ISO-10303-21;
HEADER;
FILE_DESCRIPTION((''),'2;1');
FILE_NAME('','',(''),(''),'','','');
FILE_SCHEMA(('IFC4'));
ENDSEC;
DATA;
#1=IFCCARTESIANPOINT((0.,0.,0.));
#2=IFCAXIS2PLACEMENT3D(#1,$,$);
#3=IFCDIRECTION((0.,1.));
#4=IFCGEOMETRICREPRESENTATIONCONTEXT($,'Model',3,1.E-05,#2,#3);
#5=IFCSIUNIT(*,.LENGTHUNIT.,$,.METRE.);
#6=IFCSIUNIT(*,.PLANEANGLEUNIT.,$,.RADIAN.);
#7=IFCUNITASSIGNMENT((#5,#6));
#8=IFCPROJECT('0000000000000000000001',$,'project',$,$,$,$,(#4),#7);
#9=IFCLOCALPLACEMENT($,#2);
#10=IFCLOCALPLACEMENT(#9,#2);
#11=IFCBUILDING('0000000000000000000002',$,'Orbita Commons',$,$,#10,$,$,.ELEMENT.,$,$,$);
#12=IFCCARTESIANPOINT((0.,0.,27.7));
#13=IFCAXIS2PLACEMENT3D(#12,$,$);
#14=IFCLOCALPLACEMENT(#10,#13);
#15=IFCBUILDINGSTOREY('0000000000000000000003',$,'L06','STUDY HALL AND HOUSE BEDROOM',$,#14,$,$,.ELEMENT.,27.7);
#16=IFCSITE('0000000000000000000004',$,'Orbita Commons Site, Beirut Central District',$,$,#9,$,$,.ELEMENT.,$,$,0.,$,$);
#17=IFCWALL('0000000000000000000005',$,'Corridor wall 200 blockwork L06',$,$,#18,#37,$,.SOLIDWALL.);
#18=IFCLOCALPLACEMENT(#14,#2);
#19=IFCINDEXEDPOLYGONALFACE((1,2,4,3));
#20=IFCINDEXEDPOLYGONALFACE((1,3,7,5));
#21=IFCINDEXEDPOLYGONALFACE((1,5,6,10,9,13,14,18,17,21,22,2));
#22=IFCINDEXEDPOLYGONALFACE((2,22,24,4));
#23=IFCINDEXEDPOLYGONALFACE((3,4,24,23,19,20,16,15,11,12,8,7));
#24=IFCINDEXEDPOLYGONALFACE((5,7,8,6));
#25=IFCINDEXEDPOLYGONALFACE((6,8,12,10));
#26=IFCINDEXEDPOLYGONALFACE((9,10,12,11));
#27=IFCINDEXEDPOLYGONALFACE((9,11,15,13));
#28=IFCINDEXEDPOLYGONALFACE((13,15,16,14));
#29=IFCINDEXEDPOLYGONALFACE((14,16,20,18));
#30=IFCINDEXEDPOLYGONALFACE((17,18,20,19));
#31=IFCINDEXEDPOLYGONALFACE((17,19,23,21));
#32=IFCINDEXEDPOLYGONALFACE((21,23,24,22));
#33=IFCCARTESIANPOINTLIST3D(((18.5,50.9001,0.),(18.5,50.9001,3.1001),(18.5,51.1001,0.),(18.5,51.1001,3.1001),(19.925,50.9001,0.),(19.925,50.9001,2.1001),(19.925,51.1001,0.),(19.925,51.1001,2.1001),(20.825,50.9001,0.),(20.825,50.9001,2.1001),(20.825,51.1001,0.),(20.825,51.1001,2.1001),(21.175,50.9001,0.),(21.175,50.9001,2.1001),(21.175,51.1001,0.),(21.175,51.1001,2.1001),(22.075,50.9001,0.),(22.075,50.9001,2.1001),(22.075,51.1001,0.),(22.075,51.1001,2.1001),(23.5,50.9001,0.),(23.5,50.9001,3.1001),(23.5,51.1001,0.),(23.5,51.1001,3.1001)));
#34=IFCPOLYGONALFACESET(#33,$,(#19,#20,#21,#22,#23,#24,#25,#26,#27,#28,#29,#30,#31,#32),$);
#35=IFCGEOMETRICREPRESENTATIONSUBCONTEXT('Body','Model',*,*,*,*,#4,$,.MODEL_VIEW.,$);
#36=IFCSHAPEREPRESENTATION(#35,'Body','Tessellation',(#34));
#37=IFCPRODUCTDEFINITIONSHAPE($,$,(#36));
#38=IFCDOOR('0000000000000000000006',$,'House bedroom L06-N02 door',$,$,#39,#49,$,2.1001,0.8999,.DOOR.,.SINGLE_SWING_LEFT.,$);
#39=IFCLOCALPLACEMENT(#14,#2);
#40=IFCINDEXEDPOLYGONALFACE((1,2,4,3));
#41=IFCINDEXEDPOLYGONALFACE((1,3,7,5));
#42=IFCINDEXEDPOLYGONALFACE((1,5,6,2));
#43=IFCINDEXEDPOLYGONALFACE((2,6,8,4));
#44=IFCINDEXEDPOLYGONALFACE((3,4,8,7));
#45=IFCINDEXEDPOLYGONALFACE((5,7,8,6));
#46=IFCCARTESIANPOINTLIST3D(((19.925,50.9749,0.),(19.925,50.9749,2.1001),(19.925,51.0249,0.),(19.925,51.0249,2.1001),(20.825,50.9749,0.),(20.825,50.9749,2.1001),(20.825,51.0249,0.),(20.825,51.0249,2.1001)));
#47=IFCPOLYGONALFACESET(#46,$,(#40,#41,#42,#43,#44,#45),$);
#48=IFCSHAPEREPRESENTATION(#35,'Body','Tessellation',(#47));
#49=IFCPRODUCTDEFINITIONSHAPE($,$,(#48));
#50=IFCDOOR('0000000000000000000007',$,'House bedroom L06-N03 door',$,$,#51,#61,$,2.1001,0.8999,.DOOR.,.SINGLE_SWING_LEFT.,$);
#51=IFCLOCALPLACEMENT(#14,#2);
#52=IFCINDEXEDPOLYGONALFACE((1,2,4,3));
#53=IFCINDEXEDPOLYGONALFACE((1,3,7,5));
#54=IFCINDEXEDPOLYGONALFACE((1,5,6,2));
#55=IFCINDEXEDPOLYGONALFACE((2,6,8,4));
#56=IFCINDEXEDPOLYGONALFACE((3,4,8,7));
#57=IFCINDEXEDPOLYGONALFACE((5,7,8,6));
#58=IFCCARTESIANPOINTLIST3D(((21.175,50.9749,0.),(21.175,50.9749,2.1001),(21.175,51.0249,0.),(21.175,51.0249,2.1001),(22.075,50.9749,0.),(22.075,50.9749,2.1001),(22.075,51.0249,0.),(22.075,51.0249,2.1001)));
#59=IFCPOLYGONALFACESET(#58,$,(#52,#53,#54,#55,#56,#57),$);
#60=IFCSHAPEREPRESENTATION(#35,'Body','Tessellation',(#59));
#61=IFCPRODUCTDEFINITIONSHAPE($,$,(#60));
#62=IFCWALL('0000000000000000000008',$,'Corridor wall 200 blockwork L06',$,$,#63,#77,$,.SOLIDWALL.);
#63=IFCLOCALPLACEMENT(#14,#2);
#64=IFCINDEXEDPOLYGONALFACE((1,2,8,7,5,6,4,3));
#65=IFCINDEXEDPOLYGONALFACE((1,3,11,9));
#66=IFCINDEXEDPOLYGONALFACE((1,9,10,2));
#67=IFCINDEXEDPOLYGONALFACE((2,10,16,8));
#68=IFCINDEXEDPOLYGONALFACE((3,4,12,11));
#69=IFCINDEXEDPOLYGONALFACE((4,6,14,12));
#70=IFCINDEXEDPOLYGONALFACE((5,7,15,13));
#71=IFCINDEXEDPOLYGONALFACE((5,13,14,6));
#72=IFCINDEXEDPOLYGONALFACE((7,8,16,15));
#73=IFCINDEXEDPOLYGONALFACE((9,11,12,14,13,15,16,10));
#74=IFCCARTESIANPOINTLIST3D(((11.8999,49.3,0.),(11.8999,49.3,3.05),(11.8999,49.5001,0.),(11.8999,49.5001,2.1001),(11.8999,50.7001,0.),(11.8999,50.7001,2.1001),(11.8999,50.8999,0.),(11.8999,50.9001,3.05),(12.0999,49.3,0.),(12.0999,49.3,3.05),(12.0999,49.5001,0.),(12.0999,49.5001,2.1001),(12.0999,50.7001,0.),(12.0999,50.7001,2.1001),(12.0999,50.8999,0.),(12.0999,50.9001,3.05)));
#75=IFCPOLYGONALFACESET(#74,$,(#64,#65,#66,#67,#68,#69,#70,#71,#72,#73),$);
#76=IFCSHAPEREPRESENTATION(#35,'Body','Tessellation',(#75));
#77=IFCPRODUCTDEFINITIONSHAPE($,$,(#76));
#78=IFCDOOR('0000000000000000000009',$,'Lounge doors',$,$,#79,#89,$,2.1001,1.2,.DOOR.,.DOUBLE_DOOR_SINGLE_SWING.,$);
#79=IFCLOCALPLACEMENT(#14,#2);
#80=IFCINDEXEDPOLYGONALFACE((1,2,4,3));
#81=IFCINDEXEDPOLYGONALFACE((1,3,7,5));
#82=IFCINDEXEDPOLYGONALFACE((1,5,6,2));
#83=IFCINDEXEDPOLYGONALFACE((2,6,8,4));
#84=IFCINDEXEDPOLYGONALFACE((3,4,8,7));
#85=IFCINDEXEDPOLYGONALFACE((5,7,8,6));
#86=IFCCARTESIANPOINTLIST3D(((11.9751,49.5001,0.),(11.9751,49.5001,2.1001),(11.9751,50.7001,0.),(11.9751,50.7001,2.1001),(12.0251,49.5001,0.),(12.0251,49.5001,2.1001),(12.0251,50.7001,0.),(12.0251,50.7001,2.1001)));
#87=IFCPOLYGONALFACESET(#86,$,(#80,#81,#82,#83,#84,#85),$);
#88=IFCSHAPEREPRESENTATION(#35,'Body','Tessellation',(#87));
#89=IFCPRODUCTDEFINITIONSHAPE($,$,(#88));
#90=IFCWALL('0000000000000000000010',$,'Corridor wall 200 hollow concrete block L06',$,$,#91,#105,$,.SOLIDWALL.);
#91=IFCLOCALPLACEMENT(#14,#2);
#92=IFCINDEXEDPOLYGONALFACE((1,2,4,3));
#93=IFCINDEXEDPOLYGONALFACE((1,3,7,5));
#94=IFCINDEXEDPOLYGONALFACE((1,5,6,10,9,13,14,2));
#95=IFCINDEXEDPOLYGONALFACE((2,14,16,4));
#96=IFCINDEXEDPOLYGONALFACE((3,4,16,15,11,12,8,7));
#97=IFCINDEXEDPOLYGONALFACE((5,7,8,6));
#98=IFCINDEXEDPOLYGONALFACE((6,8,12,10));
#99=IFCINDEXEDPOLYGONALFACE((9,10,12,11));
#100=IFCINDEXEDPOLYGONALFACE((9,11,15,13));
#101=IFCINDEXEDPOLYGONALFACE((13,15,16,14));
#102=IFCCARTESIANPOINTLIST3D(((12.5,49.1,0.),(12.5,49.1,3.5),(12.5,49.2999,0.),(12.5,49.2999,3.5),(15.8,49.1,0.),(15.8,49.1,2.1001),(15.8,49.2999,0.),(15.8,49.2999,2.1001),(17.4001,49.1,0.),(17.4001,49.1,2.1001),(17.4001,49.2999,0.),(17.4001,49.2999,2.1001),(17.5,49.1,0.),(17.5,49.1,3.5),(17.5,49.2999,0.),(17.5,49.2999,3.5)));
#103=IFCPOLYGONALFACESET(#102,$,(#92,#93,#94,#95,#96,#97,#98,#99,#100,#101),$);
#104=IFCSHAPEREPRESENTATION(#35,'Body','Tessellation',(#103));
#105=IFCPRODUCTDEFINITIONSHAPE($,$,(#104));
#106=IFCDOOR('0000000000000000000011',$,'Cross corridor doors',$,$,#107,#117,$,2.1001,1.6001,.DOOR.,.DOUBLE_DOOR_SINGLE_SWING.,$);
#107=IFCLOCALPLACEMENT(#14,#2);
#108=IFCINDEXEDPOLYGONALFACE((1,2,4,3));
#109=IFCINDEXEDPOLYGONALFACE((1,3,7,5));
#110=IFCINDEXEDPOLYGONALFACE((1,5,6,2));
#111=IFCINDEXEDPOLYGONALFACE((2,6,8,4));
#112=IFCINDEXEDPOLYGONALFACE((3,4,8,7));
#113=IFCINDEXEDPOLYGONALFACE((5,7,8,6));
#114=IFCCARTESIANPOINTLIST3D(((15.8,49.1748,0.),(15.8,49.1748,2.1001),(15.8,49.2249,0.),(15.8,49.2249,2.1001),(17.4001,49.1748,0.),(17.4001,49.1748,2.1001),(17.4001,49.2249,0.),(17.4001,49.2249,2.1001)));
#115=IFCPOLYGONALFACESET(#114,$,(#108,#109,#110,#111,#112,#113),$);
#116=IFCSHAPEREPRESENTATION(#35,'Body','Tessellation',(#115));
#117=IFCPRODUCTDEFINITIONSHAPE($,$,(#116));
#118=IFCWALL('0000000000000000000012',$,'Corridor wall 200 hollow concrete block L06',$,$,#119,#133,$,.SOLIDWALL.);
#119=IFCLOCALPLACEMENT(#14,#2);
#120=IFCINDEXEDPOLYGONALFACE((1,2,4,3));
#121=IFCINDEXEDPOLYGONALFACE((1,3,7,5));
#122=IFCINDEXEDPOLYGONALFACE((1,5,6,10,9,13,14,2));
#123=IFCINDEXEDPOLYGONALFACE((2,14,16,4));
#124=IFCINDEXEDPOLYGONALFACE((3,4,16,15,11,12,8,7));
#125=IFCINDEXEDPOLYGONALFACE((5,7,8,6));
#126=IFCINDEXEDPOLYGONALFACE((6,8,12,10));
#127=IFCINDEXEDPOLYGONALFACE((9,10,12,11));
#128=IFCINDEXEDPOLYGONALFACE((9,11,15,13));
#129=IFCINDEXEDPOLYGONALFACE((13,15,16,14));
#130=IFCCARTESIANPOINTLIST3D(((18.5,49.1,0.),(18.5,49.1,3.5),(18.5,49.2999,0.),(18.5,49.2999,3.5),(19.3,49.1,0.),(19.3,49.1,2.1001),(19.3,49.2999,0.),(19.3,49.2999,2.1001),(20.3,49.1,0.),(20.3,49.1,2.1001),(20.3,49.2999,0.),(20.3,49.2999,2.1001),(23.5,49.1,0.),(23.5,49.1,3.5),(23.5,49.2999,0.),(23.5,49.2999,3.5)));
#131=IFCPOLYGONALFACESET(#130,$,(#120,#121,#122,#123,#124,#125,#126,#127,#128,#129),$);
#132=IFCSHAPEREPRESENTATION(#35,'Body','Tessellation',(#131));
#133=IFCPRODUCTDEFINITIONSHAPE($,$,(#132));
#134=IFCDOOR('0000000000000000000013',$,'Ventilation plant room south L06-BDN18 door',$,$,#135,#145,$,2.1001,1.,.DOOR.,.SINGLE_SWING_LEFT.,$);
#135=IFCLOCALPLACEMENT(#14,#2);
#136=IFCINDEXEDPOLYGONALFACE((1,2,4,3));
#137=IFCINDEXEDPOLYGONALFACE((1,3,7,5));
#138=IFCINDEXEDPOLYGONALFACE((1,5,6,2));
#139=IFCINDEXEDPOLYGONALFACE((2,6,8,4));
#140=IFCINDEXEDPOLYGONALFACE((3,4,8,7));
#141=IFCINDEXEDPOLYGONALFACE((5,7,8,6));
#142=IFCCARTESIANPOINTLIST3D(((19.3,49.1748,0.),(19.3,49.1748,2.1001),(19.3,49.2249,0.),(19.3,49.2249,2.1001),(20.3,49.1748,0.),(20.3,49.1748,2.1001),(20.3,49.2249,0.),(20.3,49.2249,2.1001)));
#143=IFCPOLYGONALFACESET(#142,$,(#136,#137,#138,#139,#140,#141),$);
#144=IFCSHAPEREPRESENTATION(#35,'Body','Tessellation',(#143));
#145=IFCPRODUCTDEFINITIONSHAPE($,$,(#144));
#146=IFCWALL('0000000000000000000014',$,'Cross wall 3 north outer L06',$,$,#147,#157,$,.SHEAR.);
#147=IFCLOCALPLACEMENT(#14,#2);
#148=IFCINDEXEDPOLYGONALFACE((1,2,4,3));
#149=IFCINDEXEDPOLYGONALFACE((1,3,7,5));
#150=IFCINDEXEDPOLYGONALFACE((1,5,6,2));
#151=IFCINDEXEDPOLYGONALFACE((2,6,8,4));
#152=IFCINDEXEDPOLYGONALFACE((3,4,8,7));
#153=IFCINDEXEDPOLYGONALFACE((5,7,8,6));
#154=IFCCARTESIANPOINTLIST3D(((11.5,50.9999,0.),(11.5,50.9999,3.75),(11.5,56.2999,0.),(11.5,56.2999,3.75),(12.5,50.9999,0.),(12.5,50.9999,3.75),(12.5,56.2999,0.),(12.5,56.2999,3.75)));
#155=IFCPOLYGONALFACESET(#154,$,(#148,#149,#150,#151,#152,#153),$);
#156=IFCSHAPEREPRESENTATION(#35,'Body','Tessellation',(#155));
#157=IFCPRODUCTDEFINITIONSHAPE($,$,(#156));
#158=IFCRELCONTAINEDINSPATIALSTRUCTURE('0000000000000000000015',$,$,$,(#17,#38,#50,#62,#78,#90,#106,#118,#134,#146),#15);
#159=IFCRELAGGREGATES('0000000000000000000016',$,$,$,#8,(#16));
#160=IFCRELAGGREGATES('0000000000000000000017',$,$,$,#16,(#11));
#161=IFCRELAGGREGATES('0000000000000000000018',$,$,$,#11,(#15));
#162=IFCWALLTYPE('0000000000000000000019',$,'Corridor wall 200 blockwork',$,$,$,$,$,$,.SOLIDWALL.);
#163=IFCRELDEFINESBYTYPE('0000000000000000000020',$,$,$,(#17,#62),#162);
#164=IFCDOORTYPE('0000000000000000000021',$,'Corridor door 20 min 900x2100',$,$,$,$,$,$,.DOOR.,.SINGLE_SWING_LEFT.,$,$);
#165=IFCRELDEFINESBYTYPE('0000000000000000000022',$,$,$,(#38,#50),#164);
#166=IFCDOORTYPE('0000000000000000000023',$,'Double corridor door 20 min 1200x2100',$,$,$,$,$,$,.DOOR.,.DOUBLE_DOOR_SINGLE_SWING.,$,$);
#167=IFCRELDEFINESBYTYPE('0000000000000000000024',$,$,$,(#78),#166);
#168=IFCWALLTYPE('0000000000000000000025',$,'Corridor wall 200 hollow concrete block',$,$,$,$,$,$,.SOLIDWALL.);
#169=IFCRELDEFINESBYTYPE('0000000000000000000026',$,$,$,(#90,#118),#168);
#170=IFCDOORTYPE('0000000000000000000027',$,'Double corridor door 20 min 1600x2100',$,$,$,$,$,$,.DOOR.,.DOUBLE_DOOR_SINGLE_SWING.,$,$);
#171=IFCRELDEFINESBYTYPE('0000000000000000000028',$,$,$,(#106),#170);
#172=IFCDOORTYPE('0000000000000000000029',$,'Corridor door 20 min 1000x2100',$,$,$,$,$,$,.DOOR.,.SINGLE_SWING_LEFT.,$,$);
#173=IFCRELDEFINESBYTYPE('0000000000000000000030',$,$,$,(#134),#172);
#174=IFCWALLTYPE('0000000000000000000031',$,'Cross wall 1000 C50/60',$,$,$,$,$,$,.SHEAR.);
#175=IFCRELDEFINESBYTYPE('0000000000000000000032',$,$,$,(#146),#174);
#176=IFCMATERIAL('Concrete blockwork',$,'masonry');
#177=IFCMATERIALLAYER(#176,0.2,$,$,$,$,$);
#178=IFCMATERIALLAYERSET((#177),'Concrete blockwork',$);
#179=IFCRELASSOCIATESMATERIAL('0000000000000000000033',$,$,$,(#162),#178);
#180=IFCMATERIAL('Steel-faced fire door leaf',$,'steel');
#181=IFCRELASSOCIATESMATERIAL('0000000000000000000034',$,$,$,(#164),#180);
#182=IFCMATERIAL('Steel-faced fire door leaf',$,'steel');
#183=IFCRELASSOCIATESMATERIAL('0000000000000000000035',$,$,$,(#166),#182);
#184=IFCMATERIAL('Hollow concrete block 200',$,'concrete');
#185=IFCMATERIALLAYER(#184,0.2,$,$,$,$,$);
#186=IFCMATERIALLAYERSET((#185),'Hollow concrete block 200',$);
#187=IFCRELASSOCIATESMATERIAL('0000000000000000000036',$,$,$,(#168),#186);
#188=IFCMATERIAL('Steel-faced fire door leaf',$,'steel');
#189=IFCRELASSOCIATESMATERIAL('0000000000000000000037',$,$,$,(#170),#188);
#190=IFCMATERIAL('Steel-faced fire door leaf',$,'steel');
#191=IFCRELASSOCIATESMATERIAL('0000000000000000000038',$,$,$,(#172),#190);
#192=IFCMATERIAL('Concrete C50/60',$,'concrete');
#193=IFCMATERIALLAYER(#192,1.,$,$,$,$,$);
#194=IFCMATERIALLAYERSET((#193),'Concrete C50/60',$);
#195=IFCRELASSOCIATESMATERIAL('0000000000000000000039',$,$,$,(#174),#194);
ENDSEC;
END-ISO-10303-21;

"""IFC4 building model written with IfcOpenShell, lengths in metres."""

from ifc_helpers import new_model, si_unit, direction, frame, frame_2d, origin, place, context, subcontext, project, spatial, polyline, rectangle, outline, extrude, material, layer, layer_set, type_object, element, fill, save


model = new_model("IFC4")

# Units and contexts
model_context = context("Model", 3, precision=1e-05, world=origin(), true_north=direction((0.0, 1.0)))
body_context = subcontext(model_context, "Body", "Model", "MODEL_VIEW")
ifc_project = project(units=[si_unit("LENGTHUNIT", "METRE"), si_unit("PLANEANGLEUNIT", "RADIAN")], contexts=[model_context])

# Site, building, storey
site_placement = place(None, origin())
site = spatial("IfcSite", under=ifc_project, at=site_placement, Name="Orbita Commons Site, Beirut Central District", CompositionType="ELEMENT", RefElevation=0.0)
building_placement = place(site_placement, origin())
building = spatial("IfcBuilding", under=site, at=building_placement, Name="Orbita Commons", CompositionType="ELEMENT")
storey_placement = place(building_placement, frame((0.0, 0.0, 27.7)))
storey = spatial("IfcBuildingStorey", under=building, at=storey_placement, Name="L06", Description="STUDY HALL AND HOUSE BEDROOM", CompositionType="ELEMENT", Elevation=27.7)

# Wall, openings, doors
ifc_material_1 = material(Name="Concrete blockwork", Category="masonry")
ifc_layer_1 = layer(ifc_material_1, 0.2)
ifc_layer_set_1 = layer_set([ifc_layer_1], Name="Concrete blockwork")
wall_type_1 = type_object("IfcWallType", Name="Corridor wall 200 blockwork", PredefinedType="SOLIDWALL", material=ifc_layer_set_1)
ifc_material_2 = material(Name="Steel-faced fire door leaf", Category="steel")
door_type_1 = type_object("IfcDoorType", Name="Corridor door 20 min 900x2100", OperationType="SINGLE_SWING_LEFT", PredefinedType="DOOR", material=ifc_material_2)
wall_1_placement = place(storey_placement, frame((18.5, 51.0, 0.0), z_axis=(0.0, 0.0, 1.0), x_axis=(1.0, 0.0, 0.0)))
wall_1 = element("IfcWall", 1, at=wall_1_placement, inside=storey, type_object=wall_type_1, Name="Corridor wall 200 blockwork L06", PredefinedType="SOLIDWALL", context=body_context, shape_type="SweptSolid", body=[
    extrude(outline(polyline([(0.0, 0.0), (5.0, 0.0), (5.0, 3.1001), (0.0, 3.1001), (0.0, 0.0)])), frame((0.0, 0.1001, 0.0), z_axis=(0.0, -1.0, 0.0), x_axis=(1.0, 0.0, 0.0)), (0.0, 0.0, 1.0), 0.2),
])
opening_1_placement = place(wall_1_placement, frame((1.425, 0.0, 0.0)))
opening_1 = element("IfcOpeningElement", 2, at=opening_1_placement, cuts=wall_1, PredefinedType="OPENING", context=body_context, shape_type="SweptSolid", body=[
    extrude(rectangle(XDim=0.8999, YDim=2.1001, at=frame_2d((0.45, 1.05))), frame((0.0, 0.1099, 0.0), z_axis=(0.0, -1.0, 0.0), x_axis=(1.0, 0.0, 0.0)), (0.0, 0.0, 1.0), 0.22),
])
opening_2_placement = place(wall_1_placement, frame((2.675, 0.0, 0.0)))
opening_2 = element("IfcOpeningElement", 3, at=opening_2_placement, cuts=wall_1, PredefinedType="OPENING", context=body_context, shape_type="SweptSolid", body=[
    extrude(rectangle(XDim=0.8999, YDim=2.1001, at=frame_2d((0.45, 1.05))), frame((0.0, 0.1099, 0.0), z_axis=(0.0, -1.0, 0.0), x_axis=(1.0, 0.0, 0.0)), (0.0, 0.0, 1.0), 0.22),
])
door_1_placement = place(opening_1_placement, origin())
door_1 = element("IfcDoor", 4, at=door_1_placement, inside=storey, type_object=door_type_1, Name="House bedroom L06-N02 door", OperationType="SINGLE_SWING_LEFT", OverallHeight=2.1001, OverallWidth=0.8999, PredefinedType="DOOR", context=body_context, shape_type="SweptSolid", body=[
    extrude(rectangle(XDim=0.8999, YDim=2.1001, at=frame_2d((0.45, 1.05))), frame((0.0, 0.0249, 0.0), z_axis=(0.0, -1.0, 0.0), x_axis=(1.0, 0.0, 0.0)), (0.0, 0.0, 1.0), 0.05),
])
fill(opening_1, door_1)
door_2_placement = place(opening_2_placement, origin())
door_2 = element("IfcDoor", 5, at=door_2_placement, inside=storey, type_object=door_type_1, Name="House bedroom L06-N03 door", OperationType="SINGLE_SWING_LEFT", OverallHeight=2.1001, OverallWidth=0.8999, PredefinedType="DOOR", context=body_context, shape_type="SweptSolid", body=[
    extrude(rectangle(XDim=0.8999, YDim=2.1001, at=frame_2d((0.45, 1.05))), frame((0.0, 0.0249, 0.0), z_axis=(0.0, -1.0, 0.0), x_axis=(1.0, 0.0, 0.0)), (0.0, 0.0, 1.0), 0.05),
])
fill(opening_2, door_2)

# Walls, openings, doors
wall_2_placement = place(storey_placement, frame((12.0, 49.3, 0.0), z_axis=(0.0, 0.0, 1.0), x_axis=(0.0, 1.0, 0.0)))
wall_2 = element("IfcWall", 6, at=wall_2_placement, inside=storey, type_object=wall_type_1, Name="Corridor wall 200 blockwork L06", PredefinedType="SOLIDWALL", context=body_context, shape_type="SweptSolid", body=[
    extrude(outline(polyline([(0.0, 0.0), (1.5999, 0.0), (1.6001, 3.05), (0.0, 3.05), (0.0, 0.0)])), frame((0.0, 0.1001, 0.0), z_axis=(0.0, -1.0, 0.0), x_axis=(1.0, 0.0, 0.0)), (0.0, 0.0, 1.0), 0.2),
])
opening_3_placement = place(wall_2_placement, frame((0.2, 0.0, 0.0)))
opening_3 = element("IfcOpeningElement", 7, at=opening_3_placement, cuts=wall_2, PredefinedType="OPENING", context=body_context, shape_type="SweptSolid", body=[
    extrude(rectangle(XDim=1.2, YDim=2.1001, at=frame_2d((0.6001, 1.05))), frame((0.0, 0.1099, 0.0), z_axis=(0.0, -1.0, 0.0), x_axis=(1.0, 0.0, 0.0)), (0.0, 0.0, 1.0), 0.22),
])
ifc_material_3 = material(Name="Steel-faced fire door leaf", Category="steel")
door_type_2 = type_object("IfcDoorType", Name="Double corridor door 20 min 1200x2100", OperationType="DOUBLE_DOOR_SINGLE_SWING", PredefinedType="DOOR", material=ifc_material_3)
door_3_placement = place(opening_3_placement, origin())
door_3 = element("IfcDoor", 8, at=door_3_placement, inside=storey, type_object=door_type_2, Name="Lounge doors", OperationType="DOUBLE_DOOR_SINGLE_SWING", OverallHeight=2.1001, OverallWidth=1.2, PredefinedType="DOOR", context=body_context, shape_type="SweptSolid", body=[
    extrude(rectangle(XDim=1.2, YDim=2.1001, at=frame_2d((0.6001, 1.05))), frame((0.0, 0.0249, 0.0), z_axis=(0.0, -1.0, 0.0), x_axis=(1.0, 0.0, 0.0)), (0.0, 0.0, 1.0), 0.05),
])
fill(opening_3, door_3)
ifc_material_4 = material(Name="Hollow concrete block 200", Category="concrete")
ifc_layer_2 = layer(ifc_material_4, 0.2)
ifc_layer_set_2 = layer_set([ifc_layer_2], Name="Hollow concrete block 200")
wall_type_2 = type_object("IfcWallType", Name="Corridor wall 200 hollow concrete block", PredefinedType="SOLIDWALL", material=ifc_layer_set_2)
wall_3_placement = place(storey_placement, frame((12.5, 49.2, 0.0), z_axis=(0.0, 0.0, 1.0), x_axis=(1.0, 0.0, 0.0)))
wall_3 = element("IfcWall", 9, at=wall_3_placement, inside=storey, type_object=wall_type_2, Name="Corridor wall 200 hollow concrete block L06", PredefinedType="SOLIDWALL", context=body_context, shape_type="SweptSolid", body=[
    extrude(rectangle(XDim=5.0, YDim=0.2, at=frame_2d((2.5, 0.0))), origin(), (0.0, 0.0, 1.0), 3.5),
])
opening_4_placement = place(wall_3_placement, frame((3.3, 0.0, 0.0)))
opening_4 = element("IfcOpeningElement", 10, at=opening_4_placement, cuts=wall_3, PredefinedType="OPENING", context=body_context, shape_type="SweptSolid", body=[
    extrude(rectangle(XDim=1.6001, YDim=2.1001, at=frame_2d((0.8, 1.05))), frame((0.0, 0.1099, 0.0), z_axis=(0.0, -1.0, 0.0), x_axis=(1.0, 0.0, 0.0)), (0.0, 0.0, 1.0), 0.22),
])
ifc_material_5 = material(Name="Steel-faced fire door leaf", Category="steel")
door_type_3 = type_object("IfcDoorType", Name="Double corridor door 20 min 1600x2100", OperationType="DOUBLE_DOOR_SINGLE_SWING", PredefinedType="DOOR", material=ifc_material_5)
door_4_placement = place(opening_4_placement, origin())
door_4 = element("IfcDoor", 11, at=door_4_placement, inside=storey, type_object=door_type_3, Name="Cross corridor doors", OperationType="DOUBLE_DOOR_SINGLE_SWING", OverallHeight=2.1001, OverallWidth=1.6001, PredefinedType="DOOR", context=body_context, shape_type="SweptSolid", body=[
    extrude(rectangle(XDim=1.6001, YDim=2.1001, at=frame_2d((0.8, 1.05))), frame((0.0, 0.0249, 0.0), z_axis=(0.0, -1.0, 0.0), x_axis=(1.0, 0.0, 0.0)), (0.0, 0.0, 1.0), 0.05),
])
fill(opening_4, door_4)
wall_4_placement = place(storey_placement, frame((18.5, 49.2, 0.0), z_axis=(0.0, 0.0, 1.0), x_axis=(1.0, 0.0, 0.0)))
wall_4 = element("IfcWall", 12, at=wall_4_placement, inside=storey, type_object=wall_type_2, Name="Corridor wall 200 hollow concrete block L06", PredefinedType="SOLIDWALL", context=body_context, shape_type="SweptSolid", body=[
    extrude(rectangle(XDim=5.0, YDim=0.2, at=frame_2d((2.5, 0.0))), origin(), (0.0, 0.0, 1.0), 3.5),
])
opening_5_placement = place(wall_4_placement, frame((0.8, 0.0, 0.0)))
opening_5 = element("IfcOpeningElement", 13, at=opening_5_placement, cuts=wall_4, PredefinedType="OPENING", context=body_context, shape_type="SweptSolid", body=[
    extrude(rectangle(XDim=1.0, YDim=2.1001, at=frame_2d((0.5, 1.05))), frame((0.0, 0.1099, 0.0), z_axis=(0.0, -1.0, 0.0), x_axis=(1.0, 0.0, 0.0)), (0.0, 0.0, 1.0), 0.22),
])
ifc_material_6 = material(Name="Steel-faced fire door leaf", Category="steel")
door_type_4 = type_object("IfcDoorType", Name="Corridor door 20 min 1000x2100", OperationType="SINGLE_SWING_LEFT", PredefinedType="DOOR", material=ifc_material_6)
door_5_placement = place(opening_5_placement, origin())
door_5 = element("IfcDoor", 14, at=door_5_placement, inside=storey, type_object=door_type_4, Name="Ventilation plant room south L06-BDN18 door", OperationType="SINGLE_SWING_LEFT", OverallHeight=2.1001, OverallWidth=1.0, PredefinedType="DOOR", context=body_context, shape_type="SweptSolid", body=[
    extrude(rectangle(XDim=1.0, YDim=2.1001, at=frame_2d((0.5, 1.05))), frame((0.0, 0.0249, 0.0), z_axis=(0.0, -1.0, 0.0), x_axis=(1.0, 0.0, 0.0)), (0.0, 0.0, 1.0), 0.05),
])
fill(opening_5, door_5)

# Wall
ifc_material_7 = material(Name="Concrete C50/60", Category="concrete")
ifc_layer_3 = layer(ifc_material_7, 1.0)
ifc_layer_set_3 = layer_set([ifc_layer_3], Name="Concrete C50/60")
wall_type_3 = type_object("IfcWallType", Name="Cross wall 1000 C50/60", PredefinedType="SHEAR", material=ifc_layer_set_3)
for number, where, z_axis, x_axis, name in (
    (15, (12.0, 51.0, 0.0), (0.0, 0.0, 1.0), (0.0, 1.0, 0.0), "Cross wall 3 north outer L06"),
):
    element("IfcWall", number, at=place(storey_placement, frame(where, z_axis=z_axis, x_axis=x_axis)), inside=storey, type_object=wall_type_3, Name=name, PredefinedType="SHEAR", context=body_context, shape_type="SweptSolid", body=[
        extrude(rectangle(XDim=5.3, YDim=1.0, at=frame_2d((2.6499, 0.0))), origin(), (0.0, 0.0, 1.0), 3.75),
    ])

save(model, "model.ifc")
